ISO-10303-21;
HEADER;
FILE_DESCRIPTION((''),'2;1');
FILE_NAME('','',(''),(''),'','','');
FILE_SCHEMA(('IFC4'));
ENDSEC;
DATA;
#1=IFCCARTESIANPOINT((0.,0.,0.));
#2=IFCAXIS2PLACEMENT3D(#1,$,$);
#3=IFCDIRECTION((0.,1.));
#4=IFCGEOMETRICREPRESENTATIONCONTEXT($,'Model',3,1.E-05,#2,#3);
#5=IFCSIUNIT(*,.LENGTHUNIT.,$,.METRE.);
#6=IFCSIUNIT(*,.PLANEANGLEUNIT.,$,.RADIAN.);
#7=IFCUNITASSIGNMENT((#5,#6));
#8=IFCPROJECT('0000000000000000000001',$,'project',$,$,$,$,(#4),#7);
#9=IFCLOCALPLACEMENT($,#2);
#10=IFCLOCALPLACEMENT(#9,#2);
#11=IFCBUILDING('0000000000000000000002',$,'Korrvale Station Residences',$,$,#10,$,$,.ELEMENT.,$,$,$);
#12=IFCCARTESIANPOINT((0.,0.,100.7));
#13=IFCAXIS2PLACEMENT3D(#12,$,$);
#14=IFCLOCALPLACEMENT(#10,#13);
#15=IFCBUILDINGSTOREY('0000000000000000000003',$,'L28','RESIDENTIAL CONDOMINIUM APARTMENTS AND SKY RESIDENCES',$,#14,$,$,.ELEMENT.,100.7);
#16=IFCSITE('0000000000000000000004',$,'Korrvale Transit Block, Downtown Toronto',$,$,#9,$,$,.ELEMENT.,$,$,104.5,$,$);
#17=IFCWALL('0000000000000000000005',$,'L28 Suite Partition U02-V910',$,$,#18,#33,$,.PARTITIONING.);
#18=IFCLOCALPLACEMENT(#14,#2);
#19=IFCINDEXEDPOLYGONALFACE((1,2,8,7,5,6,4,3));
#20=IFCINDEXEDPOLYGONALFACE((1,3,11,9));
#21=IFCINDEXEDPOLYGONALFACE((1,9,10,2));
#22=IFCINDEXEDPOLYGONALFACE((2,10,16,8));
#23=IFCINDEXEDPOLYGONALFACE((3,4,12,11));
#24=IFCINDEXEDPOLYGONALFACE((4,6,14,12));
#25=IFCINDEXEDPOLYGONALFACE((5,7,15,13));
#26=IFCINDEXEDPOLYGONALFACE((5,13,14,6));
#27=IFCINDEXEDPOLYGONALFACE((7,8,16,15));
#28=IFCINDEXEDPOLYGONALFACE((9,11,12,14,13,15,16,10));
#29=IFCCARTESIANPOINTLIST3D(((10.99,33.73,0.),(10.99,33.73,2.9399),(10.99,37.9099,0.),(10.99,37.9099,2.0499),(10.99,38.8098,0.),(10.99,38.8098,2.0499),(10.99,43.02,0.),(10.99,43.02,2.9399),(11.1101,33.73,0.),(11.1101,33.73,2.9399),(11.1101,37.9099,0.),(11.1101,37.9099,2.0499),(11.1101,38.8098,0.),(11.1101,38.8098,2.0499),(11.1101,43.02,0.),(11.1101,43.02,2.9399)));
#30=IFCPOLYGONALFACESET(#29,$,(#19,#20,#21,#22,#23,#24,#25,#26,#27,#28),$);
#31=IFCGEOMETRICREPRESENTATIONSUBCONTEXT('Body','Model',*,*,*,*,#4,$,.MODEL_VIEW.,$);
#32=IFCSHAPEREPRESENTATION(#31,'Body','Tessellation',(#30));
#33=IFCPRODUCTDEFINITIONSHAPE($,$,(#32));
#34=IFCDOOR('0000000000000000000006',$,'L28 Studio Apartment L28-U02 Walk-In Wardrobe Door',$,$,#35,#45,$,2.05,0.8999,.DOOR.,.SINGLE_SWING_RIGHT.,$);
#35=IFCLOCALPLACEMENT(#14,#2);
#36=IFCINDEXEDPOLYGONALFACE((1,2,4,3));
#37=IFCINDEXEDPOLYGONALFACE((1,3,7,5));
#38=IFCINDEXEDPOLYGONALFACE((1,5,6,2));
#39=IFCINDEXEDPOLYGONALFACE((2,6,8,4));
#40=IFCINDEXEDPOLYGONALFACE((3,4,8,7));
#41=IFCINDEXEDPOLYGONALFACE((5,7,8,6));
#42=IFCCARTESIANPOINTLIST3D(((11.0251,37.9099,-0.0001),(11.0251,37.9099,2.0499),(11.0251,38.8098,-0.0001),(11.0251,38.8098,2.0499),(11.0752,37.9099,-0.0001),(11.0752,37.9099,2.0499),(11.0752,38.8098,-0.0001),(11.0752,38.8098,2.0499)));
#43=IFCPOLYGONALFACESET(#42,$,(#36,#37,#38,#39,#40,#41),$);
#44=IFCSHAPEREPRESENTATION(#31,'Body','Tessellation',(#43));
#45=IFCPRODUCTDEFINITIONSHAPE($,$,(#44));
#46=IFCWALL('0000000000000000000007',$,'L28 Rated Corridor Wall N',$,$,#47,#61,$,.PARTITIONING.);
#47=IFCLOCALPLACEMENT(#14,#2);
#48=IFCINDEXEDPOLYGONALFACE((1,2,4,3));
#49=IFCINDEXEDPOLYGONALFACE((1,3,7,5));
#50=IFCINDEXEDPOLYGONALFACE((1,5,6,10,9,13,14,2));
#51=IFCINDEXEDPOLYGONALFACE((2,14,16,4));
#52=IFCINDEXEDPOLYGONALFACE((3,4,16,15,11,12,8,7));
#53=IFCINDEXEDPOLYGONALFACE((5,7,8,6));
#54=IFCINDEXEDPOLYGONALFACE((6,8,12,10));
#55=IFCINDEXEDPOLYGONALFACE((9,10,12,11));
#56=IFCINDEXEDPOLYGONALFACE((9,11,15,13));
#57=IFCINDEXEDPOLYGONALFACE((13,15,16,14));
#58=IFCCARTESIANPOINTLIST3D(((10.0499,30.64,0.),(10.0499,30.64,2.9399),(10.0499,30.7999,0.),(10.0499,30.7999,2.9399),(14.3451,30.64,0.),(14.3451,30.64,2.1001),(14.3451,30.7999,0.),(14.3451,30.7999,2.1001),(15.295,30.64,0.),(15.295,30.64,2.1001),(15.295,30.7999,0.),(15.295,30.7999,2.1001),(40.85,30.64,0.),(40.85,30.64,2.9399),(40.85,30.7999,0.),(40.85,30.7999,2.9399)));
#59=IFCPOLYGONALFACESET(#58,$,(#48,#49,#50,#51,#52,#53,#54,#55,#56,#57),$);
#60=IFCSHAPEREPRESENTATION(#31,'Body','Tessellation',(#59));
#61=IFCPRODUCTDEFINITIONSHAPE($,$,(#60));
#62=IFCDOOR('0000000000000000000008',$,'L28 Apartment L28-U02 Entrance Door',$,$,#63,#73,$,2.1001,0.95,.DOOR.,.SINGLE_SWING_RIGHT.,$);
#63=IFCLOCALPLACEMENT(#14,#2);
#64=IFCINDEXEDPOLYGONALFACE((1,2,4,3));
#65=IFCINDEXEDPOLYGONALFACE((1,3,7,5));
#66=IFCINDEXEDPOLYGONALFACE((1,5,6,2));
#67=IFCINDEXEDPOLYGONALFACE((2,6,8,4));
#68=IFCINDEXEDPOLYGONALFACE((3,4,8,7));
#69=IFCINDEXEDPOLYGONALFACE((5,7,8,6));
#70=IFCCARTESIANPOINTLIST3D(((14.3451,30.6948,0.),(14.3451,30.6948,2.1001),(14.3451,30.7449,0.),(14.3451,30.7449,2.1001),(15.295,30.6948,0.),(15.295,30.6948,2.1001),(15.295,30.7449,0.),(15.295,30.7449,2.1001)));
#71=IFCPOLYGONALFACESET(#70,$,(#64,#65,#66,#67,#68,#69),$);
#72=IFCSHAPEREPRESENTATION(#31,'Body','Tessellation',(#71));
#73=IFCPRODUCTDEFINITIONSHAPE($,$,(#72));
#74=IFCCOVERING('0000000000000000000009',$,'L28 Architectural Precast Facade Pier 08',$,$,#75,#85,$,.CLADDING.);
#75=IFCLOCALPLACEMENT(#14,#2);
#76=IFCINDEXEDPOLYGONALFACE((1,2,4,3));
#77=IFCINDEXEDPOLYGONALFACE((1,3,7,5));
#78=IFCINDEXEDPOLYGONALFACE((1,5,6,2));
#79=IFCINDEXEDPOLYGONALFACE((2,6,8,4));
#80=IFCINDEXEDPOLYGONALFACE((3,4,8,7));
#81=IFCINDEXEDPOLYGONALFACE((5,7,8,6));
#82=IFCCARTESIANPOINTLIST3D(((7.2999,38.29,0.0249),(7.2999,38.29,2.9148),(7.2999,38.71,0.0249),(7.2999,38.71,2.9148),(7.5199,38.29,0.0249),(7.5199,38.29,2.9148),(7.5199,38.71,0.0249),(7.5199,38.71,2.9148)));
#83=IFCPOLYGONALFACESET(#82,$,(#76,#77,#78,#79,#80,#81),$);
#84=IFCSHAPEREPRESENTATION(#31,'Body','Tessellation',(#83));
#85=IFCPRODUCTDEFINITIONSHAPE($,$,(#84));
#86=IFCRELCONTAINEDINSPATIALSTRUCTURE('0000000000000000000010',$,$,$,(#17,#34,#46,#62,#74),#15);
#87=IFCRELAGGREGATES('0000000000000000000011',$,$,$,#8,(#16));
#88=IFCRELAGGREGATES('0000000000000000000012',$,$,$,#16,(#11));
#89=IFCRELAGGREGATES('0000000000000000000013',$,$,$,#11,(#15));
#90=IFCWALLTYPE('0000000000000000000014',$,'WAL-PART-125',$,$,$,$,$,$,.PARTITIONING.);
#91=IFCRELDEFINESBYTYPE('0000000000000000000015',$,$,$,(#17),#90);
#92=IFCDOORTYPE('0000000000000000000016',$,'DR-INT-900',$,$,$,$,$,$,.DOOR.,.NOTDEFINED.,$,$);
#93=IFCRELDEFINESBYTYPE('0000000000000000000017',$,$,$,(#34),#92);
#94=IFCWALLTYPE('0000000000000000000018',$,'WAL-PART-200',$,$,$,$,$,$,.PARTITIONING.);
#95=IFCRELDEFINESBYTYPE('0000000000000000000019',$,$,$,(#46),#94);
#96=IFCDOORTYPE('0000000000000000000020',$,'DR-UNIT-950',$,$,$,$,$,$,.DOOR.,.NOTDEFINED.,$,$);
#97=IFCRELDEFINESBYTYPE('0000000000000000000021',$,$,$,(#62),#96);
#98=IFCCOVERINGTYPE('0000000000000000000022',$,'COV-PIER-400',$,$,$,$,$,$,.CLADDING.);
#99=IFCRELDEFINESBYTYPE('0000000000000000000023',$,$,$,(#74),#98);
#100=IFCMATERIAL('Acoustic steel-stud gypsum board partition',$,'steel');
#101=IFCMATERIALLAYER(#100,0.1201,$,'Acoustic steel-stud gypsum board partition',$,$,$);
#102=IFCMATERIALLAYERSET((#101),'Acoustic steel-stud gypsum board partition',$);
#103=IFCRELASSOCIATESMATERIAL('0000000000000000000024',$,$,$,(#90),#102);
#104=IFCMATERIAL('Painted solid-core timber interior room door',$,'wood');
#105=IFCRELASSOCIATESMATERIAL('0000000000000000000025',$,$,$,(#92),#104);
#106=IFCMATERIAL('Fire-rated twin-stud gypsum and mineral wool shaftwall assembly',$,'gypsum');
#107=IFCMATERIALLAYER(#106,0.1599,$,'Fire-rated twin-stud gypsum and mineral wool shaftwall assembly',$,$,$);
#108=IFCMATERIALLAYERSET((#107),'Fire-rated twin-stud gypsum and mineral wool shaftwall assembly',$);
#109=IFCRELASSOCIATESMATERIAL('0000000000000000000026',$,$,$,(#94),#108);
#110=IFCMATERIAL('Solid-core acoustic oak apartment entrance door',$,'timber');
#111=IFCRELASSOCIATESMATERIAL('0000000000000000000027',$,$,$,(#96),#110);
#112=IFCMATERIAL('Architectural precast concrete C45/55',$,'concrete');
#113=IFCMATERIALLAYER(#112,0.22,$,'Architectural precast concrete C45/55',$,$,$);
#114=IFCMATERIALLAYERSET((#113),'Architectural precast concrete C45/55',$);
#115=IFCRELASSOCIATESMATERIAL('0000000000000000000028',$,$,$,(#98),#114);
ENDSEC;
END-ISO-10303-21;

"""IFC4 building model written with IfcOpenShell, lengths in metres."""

from ifc_helpers import new_model, si_unit, direction, frame, frame_2d, origin, origin_2d, place, context, subcontext, project, spatial, rectangle, extrude, material, layer, layer_set, type_object, element, fill, save


model = new_model("IFC4")

# Units and contexts
model_context = context("Model", 3, precision=1e-05, world=origin(), true_north=direction((0.0, 1.0)))
body_context = subcontext(model_context, "Body", "Model", "MODEL_VIEW")
ifc_project = project(units=[si_unit("LENGTHUNIT", "METRE"), si_unit("PLANEANGLEUNIT", "RADIAN")], contexts=[model_context])

# Site, building, storey
site_placement = place(None, origin())
site = spatial("IfcSite", under=ifc_project, at=site_placement, Name="Korrvale Transit Block, Downtown Toronto", CompositionType="ELEMENT", RefElevation=104.5)
building_placement = place(site_placement, origin())
building = spatial("IfcBuilding", under=site, at=building_placement, Name="Korrvale Station Residences", CompositionType="ELEMENT")
storey_placement = place(building_placement, frame((0.0, 0.0, 100.7)))
storey = spatial("IfcBuildingStorey", under=building, at=storey_placement, Name="L28", Description="RESIDENTIAL CONDOMINIUM APARTMENTS AND SKY RESIDENCES", CompositionType="ELEMENT", Elevation=100.7)

# Shared definitions
ifc_material_1 = material(Name="Acoustic steel-stud gypsum board partition", Category="steel")
ifc_layer_1 = layer(ifc_material_1, 0.1201, Name="Acoustic steel-stud gypsum board partition")
ifc_layer_set_1 = layer_set([ifc_layer_1], Name="Acoustic steel-stud gypsum board partition")
wall_type_1 = type_object("IfcWallType", Name="WAL-PART-125", PredefinedType="PARTITIONING", material=ifc_layer_set_1)

# Walls, openings, doors
ifc_material_2 = material(Name="Painted solid-core timber interior room door", Category="wood")
door_type_1 = type_object("IfcDoorType", Name="DR-INT-900", OperationType="NOTDEFINED", PredefinedType="DOOR", material=ifc_material_2)
wall_1_placement = place(storey_placement, frame((11.05, 33.73, 0.0), z_axis=(0.0, 0.0, 1.0), x_axis=(0.0, 1.0, 0.0)))
wall_1 = element("IfcWall", 1, at=wall_1_placement, inside=storey, type_object=wall_type_1, Name="L28 Suite Partition U02-V910", PredefinedType="PARTITIONING", context=body_context, shape_type="SweptSolid", body=[
    extrude(rectangle(XDim=9.29, YDim=0.1201, at=frame_2d((4.645, 0.0))), origin(), (0.0, 0.0, 1.0), 2.9399),
])
opening_1_placement = place(wall_1_placement, frame((4.1799, 0.0, 0.0)))
opening_1 = element("IfcOpeningElement", 2, at=opening_1_placement, cuts=wall_1, PredefinedType="OPENING", context=body_context, shape_type="SweptSolid", body=[
    extrude(rectangle(XDim=0.8999, YDim=2.05, at=frame_2d((0.45, 1.0249))), frame((0.0, 0.0701, 0.0), z_axis=(0.0, -1.0, 0.0), x_axis=(1.0, 0.0, 0.0)), (0.0, 0.0, 1.0), 0.1401),
])
door_1_placement = place(opening_1_placement, origin())
door_1 = element("IfcDoor", 3, at=door_1_placement, inside=storey, type_object=door_type_1, Name="L28 Studio Apartment L28-U02 Walk-In Wardrobe Door", OperationType="SINGLE_SWING_RIGHT", OverallHeight=2.05, OverallWidth=0.8999, PredefinedType="DOOR", context=body_context, shape_type="SweptSolid", body=[
    extrude(rectangle(XDim=0.8999, YDim=2.05, at=frame_2d((0.45, 1.0249))), frame((0.0, 0.0249, 0.0), z_axis=(0.0, -1.0, 0.0), x_axis=(1.0, 0.0, 0.0)), (0.0, 0.0, 1.0), 0.05),
])
fill(opening_1, door_1)
ifc_material_3 = material(Name="Fire-rated twin-stud gypsum and mineral wool shaftwall assembly", Category="gypsum")
ifc_layer_2 = layer(ifc_material_3, 0.1599, Name="Fire-rated twin-stud gypsum and mineral wool shaftwall assembly")
ifc_layer_set_2 = layer_set([ifc_layer_2], Name="Fire-rated twin-stud gypsum and mineral wool shaftwall assembly")
wall_type_2 = type_object("IfcWallType", Name="WAL-PART-200", PredefinedType="PARTITIONING", material=ifc_layer_set_2)
wall_2_placement = place(storey_placement, frame((10.05, 30.72, 0.0), z_axis=(0.0, 0.0, 1.0), x_axis=(1.0, 0.0, 0.0)))
wall_2 = element("IfcWall", 4, at=wall_2_placement, inside=storey, type_object=wall_type_2, Name="L28 Rated Corridor Wall N", PredefinedType="PARTITIONING", context=body_context, shape_type="SweptSolid", body=[
    extrude(rectangle(XDim=30.8, YDim=0.1599, at=frame_2d((15.3999, 0.0))), origin(), (0.0, 0.0, 1.0), 2.9399),
])
opening_2_placement = place(wall_2_placement, frame((4.2949, 0.0, 0.0)))
opening_2 = element("IfcOpeningElement", 5, at=opening_2_placement, cuts=wall_2, PredefinedType="OPENING", context=body_context, shape_type="SweptSolid", body=[
    extrude(rectangle(XDim=0.95, YDim=2.1001, at=frame_2d((0.4751, 1.05))), frame((0.0, 0.0898, 0.0), z_axis=(0.0, -1.0, 0.0), x_axis=(1.0, 0.0, 0.0)), (0.0, 0.0, 1.0), 0.1799),
])
ifc_material_4 = material(Name="Solid-core acoustic oak apartment entrance door", Category="timber")
door_type_2 = type_object("IfcDoorType", Name="DR-UNIT-950", OperationType="NOTDEFINED", PredefinedType="DOOR", material=ifc_material_4)
door_2_placement = place(opening_2_placement, origin())
door_2 = element("IfcDoor", 6, at=door_2_placement, inside=storey, type_object=door_type_2, Name="L28 Apartment L28-U02 Entrance Door", OperationType="SINGLE_SWING_RIGHT", OverallHeight=2.1001, OverallWidth=0.95, PredefinedType="DOOR", context=body_context, shape_type="SweptSolid", body=[
    extrude(rectangle(XDim=0.95, YDim=2.1001, at=frame_2d((0.4751, 1.05))), frame((0.0, 0.0249, 0.0), z_axis=(0.0, -1.0, 0.0), x_axis=(1.0, 0.0, 0.0)), (0.0, 0.0, 1.0), 0.05),
])
fill(opening_2, door_2)

# Covering
ifc_material_5 = material(Name="Architectural precast concrete C45/55", Category="concrete")
ifc_layer_3 = layer(ifc_material_5, 0.22, Name="Architectural precast concrete C45/55")
ifc_layer_set_3 = layer_set([ifc_layer_3], Name="Architectural precast concrete C45/55")
covering_type = type_object("IfcCoveringType", Name="COV-PIER-400", PredefinedType="CLADDING", material=ifc_layer_set_3)
covering_placement = place(storey_placement, frame((7.4099, 38.5, 0.0249), z_axis=(0.0, 0.0, 1.0), x_axis=(0.0, 1.0, 0.0)))
element("IfcCovering", 7, at=covering_placement, inside=storey, type_object=covering_type, Name="L28 Architectural Precast Facade Pier 08", PredefinedType="CLADDING", context=body_context, shape_type="SweptSolid", body=[
    extrude(rectangle(XDim=0.4199, YDim=0.22, at=origin_2d()), origin(), (0.0, 0.0, 1.0), 2.8899),
])

save(model, "model.ifc")
